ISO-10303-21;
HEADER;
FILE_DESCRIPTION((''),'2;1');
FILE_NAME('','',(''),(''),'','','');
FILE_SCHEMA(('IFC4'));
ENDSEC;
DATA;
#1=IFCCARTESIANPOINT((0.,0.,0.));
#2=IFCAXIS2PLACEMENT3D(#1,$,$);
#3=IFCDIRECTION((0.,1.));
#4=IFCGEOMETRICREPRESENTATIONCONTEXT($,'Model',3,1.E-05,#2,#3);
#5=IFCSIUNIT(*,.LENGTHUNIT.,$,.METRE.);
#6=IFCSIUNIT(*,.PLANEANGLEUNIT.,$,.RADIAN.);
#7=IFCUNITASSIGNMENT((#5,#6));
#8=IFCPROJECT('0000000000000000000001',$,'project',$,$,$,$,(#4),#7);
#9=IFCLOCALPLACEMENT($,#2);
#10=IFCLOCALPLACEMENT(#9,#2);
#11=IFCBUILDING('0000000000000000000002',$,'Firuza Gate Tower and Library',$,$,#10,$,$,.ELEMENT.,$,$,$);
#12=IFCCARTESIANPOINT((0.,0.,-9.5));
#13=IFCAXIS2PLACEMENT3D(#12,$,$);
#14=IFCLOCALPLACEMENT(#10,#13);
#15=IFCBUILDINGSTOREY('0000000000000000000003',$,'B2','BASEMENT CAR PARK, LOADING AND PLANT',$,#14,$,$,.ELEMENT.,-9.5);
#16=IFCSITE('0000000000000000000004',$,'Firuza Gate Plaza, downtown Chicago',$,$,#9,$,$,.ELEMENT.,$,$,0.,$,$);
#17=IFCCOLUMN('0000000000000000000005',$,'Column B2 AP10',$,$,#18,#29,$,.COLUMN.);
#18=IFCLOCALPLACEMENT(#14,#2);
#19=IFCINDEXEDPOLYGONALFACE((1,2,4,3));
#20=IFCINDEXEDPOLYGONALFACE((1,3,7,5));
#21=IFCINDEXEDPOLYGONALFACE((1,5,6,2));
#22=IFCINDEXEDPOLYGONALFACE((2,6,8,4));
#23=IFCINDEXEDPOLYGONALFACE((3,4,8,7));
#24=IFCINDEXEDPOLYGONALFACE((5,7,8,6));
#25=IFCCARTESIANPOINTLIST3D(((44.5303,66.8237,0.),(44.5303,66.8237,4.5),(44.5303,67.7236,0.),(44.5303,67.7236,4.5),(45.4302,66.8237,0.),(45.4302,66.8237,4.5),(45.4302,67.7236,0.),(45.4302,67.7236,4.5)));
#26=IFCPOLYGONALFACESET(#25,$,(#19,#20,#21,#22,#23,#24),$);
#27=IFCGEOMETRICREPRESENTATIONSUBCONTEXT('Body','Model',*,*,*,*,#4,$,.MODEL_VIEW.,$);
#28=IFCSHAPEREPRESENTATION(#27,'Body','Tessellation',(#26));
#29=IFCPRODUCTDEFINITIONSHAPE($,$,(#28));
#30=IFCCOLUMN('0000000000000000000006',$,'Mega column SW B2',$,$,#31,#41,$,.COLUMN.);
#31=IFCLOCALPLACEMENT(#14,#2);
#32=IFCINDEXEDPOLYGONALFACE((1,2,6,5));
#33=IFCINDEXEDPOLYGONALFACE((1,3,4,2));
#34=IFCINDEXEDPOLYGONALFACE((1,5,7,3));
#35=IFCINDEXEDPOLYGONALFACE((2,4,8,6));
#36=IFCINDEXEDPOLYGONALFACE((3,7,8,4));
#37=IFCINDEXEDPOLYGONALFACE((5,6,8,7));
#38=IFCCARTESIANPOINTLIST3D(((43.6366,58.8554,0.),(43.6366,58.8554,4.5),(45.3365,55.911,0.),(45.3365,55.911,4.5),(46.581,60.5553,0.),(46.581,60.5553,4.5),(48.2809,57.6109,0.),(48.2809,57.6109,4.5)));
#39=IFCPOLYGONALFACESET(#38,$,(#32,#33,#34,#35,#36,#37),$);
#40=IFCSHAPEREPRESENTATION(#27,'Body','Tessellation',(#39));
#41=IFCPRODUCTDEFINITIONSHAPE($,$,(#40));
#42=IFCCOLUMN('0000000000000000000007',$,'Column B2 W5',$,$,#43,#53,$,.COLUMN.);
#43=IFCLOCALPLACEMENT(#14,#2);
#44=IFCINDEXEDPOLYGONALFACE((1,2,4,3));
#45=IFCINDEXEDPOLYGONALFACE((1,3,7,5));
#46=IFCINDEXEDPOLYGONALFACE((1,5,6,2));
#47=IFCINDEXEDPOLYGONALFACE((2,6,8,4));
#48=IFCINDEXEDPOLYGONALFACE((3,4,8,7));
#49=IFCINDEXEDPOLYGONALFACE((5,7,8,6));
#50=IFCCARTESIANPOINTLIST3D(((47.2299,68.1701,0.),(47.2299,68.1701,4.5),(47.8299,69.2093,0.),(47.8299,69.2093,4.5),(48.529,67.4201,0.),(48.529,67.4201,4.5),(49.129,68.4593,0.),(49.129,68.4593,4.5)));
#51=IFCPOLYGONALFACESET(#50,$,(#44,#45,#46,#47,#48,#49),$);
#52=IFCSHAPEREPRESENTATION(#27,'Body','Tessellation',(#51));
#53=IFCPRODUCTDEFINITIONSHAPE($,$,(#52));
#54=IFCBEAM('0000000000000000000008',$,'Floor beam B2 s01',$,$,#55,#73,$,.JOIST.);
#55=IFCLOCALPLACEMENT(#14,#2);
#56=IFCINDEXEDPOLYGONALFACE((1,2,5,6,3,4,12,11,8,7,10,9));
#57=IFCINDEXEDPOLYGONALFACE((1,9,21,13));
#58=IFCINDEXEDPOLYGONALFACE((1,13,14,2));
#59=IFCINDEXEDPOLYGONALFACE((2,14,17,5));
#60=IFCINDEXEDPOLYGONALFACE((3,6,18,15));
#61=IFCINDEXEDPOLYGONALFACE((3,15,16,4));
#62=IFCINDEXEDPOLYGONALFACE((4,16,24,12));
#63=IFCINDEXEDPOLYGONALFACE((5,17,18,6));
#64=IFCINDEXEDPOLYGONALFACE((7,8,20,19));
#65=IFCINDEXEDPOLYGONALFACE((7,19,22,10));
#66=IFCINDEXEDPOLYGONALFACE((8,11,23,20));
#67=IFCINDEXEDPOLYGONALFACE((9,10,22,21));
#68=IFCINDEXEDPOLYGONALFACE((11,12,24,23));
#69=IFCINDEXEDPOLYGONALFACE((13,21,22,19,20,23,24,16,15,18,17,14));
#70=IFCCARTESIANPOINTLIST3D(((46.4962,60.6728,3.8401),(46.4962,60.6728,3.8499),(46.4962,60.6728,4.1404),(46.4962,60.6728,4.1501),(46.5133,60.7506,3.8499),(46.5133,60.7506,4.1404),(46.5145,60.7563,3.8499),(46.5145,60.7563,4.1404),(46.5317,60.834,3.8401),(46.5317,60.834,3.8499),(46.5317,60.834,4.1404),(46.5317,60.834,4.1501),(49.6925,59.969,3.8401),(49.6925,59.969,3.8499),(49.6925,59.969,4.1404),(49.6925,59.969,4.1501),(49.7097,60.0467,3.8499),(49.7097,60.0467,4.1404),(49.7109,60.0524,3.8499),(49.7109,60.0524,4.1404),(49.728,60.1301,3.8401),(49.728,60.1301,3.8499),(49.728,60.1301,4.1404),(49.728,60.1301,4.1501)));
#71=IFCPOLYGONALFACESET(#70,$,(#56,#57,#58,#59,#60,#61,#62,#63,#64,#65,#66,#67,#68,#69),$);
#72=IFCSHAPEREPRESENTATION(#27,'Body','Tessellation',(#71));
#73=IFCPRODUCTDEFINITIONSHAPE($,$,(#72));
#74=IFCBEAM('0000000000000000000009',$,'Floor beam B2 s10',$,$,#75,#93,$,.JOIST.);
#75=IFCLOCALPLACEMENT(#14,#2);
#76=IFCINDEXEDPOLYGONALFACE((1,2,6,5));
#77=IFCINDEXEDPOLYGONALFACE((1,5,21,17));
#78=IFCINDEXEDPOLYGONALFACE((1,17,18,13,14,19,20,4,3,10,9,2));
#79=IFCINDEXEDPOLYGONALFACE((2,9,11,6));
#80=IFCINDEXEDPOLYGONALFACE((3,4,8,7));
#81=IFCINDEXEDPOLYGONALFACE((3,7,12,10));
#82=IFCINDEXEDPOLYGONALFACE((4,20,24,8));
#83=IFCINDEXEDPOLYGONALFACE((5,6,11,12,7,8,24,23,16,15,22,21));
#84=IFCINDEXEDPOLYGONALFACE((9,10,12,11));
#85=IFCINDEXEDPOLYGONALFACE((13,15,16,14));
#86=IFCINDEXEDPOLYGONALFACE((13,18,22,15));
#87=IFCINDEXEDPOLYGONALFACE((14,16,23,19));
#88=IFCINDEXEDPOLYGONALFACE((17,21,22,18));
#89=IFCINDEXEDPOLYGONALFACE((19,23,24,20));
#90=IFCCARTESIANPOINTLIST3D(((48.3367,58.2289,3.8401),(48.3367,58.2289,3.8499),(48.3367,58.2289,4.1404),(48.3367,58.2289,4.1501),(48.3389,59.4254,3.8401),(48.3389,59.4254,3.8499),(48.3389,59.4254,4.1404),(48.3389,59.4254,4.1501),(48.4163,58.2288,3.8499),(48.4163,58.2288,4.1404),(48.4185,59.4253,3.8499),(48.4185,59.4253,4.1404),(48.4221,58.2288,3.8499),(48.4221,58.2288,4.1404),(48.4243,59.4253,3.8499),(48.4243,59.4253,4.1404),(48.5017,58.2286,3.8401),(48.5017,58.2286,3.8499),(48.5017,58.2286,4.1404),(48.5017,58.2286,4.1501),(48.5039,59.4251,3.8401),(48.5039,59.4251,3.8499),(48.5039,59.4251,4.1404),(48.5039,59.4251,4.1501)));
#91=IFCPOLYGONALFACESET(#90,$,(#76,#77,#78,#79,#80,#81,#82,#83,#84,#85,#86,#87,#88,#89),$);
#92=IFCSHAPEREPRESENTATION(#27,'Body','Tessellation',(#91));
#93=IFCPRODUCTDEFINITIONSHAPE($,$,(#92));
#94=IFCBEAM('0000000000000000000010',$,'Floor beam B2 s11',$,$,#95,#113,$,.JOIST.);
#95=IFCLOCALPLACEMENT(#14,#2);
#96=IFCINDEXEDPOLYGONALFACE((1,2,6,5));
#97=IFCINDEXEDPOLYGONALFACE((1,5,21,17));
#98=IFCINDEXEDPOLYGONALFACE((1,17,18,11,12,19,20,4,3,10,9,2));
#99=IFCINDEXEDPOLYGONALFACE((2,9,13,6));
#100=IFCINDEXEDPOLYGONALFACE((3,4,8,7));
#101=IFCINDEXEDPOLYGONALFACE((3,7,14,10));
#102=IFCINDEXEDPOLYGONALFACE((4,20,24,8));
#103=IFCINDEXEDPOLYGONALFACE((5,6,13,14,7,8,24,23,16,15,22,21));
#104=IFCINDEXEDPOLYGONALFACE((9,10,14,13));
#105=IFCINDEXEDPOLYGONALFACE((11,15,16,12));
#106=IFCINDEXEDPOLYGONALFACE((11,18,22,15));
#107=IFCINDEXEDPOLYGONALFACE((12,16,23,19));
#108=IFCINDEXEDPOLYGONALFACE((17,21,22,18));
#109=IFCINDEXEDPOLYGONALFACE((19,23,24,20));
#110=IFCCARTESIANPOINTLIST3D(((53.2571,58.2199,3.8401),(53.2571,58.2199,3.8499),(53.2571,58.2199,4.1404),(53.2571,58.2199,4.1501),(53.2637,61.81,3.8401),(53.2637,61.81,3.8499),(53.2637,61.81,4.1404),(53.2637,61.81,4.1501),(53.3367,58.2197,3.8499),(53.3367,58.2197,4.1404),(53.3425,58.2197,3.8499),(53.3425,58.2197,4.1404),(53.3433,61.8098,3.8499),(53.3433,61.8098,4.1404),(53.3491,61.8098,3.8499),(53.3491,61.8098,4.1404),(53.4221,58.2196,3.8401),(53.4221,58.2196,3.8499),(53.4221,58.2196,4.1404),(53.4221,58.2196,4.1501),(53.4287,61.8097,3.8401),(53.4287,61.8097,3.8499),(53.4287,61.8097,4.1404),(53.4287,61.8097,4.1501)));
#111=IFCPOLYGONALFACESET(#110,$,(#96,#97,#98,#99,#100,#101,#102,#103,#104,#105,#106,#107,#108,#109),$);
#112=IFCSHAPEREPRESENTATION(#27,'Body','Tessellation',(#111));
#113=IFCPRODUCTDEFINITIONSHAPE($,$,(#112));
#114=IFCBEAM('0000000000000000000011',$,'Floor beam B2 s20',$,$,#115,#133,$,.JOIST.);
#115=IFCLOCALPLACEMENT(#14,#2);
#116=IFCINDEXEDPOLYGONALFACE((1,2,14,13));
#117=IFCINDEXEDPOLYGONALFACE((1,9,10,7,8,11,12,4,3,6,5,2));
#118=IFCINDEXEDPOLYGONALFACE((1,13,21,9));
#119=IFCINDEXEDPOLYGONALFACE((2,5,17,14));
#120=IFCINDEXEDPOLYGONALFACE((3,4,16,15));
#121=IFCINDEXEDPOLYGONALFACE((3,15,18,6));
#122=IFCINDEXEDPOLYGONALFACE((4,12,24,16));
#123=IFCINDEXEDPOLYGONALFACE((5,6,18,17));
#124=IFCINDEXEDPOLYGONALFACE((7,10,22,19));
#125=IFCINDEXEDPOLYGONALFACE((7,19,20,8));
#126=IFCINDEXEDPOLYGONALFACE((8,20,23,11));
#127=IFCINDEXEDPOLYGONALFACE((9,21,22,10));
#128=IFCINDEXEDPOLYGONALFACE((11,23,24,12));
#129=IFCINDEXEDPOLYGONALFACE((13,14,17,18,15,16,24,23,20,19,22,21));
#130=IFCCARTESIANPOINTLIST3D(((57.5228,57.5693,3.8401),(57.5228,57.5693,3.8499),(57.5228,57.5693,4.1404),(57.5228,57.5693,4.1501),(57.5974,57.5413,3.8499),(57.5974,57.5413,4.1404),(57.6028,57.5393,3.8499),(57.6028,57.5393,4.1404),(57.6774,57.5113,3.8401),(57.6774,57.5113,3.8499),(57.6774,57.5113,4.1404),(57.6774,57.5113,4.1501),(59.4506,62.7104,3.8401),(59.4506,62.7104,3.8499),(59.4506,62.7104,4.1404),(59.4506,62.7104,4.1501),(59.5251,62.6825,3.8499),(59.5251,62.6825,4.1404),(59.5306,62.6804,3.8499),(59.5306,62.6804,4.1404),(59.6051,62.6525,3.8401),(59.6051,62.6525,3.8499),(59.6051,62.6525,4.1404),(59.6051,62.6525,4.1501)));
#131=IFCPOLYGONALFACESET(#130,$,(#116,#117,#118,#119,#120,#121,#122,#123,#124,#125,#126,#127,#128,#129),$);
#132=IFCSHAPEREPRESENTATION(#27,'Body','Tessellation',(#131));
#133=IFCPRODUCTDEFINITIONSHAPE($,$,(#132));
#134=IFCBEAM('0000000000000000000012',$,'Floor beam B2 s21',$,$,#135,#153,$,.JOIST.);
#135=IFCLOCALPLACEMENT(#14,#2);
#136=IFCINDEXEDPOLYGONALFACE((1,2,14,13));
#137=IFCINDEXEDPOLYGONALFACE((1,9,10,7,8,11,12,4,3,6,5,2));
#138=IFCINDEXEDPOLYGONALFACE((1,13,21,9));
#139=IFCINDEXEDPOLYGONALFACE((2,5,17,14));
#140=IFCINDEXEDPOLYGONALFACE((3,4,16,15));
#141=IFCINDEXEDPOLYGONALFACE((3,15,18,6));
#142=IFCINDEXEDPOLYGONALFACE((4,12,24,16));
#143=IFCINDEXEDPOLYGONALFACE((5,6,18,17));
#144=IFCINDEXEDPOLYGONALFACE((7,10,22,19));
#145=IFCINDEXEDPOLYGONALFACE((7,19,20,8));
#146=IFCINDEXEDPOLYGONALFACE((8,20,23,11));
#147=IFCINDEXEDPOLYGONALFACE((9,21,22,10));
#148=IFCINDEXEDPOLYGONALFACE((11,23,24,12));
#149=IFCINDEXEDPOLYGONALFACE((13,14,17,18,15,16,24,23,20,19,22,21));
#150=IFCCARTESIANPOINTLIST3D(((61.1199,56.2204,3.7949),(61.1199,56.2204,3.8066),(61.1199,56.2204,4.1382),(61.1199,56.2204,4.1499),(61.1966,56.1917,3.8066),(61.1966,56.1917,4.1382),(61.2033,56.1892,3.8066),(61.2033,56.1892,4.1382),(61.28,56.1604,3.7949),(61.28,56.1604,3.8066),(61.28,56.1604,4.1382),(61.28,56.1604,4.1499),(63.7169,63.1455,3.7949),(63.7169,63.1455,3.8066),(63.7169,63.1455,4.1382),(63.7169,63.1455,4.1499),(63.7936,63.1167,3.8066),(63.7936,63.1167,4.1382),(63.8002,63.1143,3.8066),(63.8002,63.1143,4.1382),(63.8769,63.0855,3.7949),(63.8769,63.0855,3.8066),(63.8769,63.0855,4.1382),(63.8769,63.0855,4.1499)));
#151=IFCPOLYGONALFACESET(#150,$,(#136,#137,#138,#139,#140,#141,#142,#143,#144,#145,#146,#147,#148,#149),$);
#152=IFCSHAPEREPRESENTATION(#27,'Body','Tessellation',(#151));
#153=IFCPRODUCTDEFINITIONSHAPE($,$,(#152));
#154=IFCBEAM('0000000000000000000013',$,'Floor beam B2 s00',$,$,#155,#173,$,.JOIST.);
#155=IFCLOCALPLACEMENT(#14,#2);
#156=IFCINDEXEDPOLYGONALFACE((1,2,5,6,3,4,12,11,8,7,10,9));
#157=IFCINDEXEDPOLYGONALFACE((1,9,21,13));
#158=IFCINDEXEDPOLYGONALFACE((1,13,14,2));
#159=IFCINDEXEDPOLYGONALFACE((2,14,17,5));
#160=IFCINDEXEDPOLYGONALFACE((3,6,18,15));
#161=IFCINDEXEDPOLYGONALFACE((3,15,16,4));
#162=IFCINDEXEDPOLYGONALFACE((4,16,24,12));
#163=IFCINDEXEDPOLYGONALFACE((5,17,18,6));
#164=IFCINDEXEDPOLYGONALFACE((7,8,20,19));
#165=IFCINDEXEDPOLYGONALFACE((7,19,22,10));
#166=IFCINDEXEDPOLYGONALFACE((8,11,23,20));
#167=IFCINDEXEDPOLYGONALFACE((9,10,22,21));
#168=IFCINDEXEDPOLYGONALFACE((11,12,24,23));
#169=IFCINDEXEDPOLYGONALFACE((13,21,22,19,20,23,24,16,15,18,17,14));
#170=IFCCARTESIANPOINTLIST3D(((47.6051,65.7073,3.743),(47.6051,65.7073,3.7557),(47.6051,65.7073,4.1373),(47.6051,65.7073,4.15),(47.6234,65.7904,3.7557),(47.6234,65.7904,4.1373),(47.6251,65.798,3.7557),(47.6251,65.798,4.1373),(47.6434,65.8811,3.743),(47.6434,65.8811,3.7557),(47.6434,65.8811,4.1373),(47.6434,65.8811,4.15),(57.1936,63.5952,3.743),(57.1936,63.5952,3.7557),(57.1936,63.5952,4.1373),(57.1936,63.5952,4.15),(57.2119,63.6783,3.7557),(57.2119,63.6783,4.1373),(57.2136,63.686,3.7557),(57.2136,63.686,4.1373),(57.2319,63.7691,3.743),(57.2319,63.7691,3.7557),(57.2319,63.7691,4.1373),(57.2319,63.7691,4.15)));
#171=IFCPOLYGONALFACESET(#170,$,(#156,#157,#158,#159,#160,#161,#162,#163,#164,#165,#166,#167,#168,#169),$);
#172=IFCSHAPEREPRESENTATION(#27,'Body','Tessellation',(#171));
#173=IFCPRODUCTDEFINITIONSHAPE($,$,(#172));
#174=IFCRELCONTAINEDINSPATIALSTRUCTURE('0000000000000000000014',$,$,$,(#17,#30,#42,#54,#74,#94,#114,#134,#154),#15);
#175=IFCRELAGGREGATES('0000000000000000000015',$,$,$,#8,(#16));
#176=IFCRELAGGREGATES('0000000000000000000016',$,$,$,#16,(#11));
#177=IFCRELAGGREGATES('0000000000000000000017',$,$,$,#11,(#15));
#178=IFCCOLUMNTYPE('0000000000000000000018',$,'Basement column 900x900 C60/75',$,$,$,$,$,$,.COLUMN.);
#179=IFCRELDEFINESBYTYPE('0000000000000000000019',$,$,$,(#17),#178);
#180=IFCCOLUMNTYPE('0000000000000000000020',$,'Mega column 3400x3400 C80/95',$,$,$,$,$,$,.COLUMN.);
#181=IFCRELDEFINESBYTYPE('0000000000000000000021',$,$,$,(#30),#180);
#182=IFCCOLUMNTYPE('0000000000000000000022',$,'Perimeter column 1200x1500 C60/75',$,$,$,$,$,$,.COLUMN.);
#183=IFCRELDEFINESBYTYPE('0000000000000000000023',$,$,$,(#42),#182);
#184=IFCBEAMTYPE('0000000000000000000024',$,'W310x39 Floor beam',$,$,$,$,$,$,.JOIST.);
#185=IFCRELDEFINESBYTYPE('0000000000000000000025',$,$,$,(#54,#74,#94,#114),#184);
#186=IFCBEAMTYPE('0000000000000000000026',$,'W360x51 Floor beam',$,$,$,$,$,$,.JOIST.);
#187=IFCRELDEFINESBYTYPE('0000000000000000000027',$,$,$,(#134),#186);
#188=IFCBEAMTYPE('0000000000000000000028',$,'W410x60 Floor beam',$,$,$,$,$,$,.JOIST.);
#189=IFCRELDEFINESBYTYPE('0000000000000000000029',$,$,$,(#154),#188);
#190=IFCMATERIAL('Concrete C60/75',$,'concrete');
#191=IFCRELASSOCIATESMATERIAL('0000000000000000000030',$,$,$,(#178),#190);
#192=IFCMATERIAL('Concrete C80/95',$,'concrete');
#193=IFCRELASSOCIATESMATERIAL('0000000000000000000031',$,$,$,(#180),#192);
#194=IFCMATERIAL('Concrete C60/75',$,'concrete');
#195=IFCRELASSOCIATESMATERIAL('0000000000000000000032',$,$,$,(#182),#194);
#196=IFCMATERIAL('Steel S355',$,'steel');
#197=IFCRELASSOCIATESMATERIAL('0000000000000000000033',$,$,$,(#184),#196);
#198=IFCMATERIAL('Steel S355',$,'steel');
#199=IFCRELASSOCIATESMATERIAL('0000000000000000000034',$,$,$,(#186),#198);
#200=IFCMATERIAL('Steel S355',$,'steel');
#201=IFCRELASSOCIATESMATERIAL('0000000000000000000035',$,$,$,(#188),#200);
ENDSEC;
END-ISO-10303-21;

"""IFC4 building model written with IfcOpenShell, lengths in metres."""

from ifc_helpers import new_model, si_unit, direction, frame, origin, origin_2d, place, context, subcontext, project, spatial, rectangle, i_section, extrude, material, material_profile, profile_set, type_object, element, save


model = new_model("IFC4")

# Units and contexts
model_context = context("Model", 3, precision=1e-05, world=origin(), true_north=direction((0.0, 1.0)))
body_context = subcontext(model_context, "Body", "Model", "MODEL_VIEW")
ifc_project = project(units=[si_unit("LENGTHUNIT", "METRE"), si_unit("PLANEANGLEUNIT", "RADIAN")], contexts=[model_context])

# Site, building, storey
site_placement = place(None, origin())
site = spatial("IfcSite", under=ifc_project, at=site_placement, Name="Firuza Gate Plaza, downtown Chicago", CompositionType="ELEMENT", RefElevation=0.0)
building_placement = place(site_placement, origin())
building = spatial("IfcBuilding", under=site, at=building_placement, Name="Firuza Gate Tower and Library", CompositionType="ELEMENT")
storey_placement = place(building_placement, frame((0.0, 0.0, -9.5)))
storey = spatial("IfcBuildingStorey", under=building, at=storey_placement, Name="B2", Description="BASEMENT CAR PARK, LOADING AND PLANT", CompositionType="ELEMENT", Elevation=-9.5)

# Columns
ifc_material_1 = material(Name="Concrete C60/75", Category="concrete")
ifc_material_profile_1 = material_profile(ifc_material_1, rectangle(XDim=0.8999, YDim=0.8999, at=origin_2d()))
ifc_profile_set_1 = profile_set([ifc_material_profile_1], Name="Concrete C60/75")
column_type_1 = type_object("IfcColumnType", Name="Basement column 900x900 C60/75", PredefinedType="COLUMN", material=ifc_profile_set_1)
column_1_placement = place(storey_placement, frame((44.9802, 67.2737, 0.0), z_axis=(0.0, 0.0, 1.0), x_axis=(1.0, 0.0, 0.0)))
element("IfcColumn", 1, at=column_1_placement, inside=storey, type_object=column_type_1, Name="Column B2 AP10", PredefinedType="COLUMN", context=body_context, shape_type="SweptSolid", body=[
    extrude(rectangle(XDim=0.8999, YDim=0.8999, at=origin_2d()), origin(), (0.0, 0.0, 1.0), 4.5),
])
ifc_material_2 = material(Name="Concrete C80/95", Category="concrete")
ifc_material_profile_2 = material_profile(ifc_material_2, rectangle(XDim=3.3999, YDim=3.3999, at=origin_2d()))
ifc_profile_set_2 = profile_set([ifc_material_profile_2], Name="Concrete C80/95")
column_type_2 = type_object("IfcColumnType", Name="Mega column 3400x3400 C80/95", PredefinedType="COLUMN", material=ifc_profile_set_2)
column_2_placement = place(storey_placement, frame((45.9587, 58.2332, 0.0), z_axis=(0.0, 0.0, 1.0), x_axis=(0.5, -0.866025, 0.0)))
element("IfcColumn", 2, at=column_2_placement, inside=storey, type_object=column_type_2, Name="Mega column SW B2", PredefinedType="COLUMN", context=body_context, shape_type="SweptSolid", body=[
    extrude(rectangle(XDim=3.3999, YDim=3.3999, at=origin_2d()), origin(), (0.0, 0.0, 1.0), 4.5),
])
ifc_material_3 = material(Name="Concrete C60/75", Category="concrete")
ifc_material_profile_3 = material_profile(ifc_material_3, rectangle(XDim=1.2, YDim=1.5, at=origin_2d()))
ifc_profile_set_3 = profile_set([ifc_material_profile_3], Name="Concrete C60/75")
column_type_3 = type_object("IfcColumnType", Name="Perimeter column 1200x1500 C60/75", PredefinedType="COLUMN", material=ifc_profile_set_3)
column_3_placement = place(storey_placement, frame((48.1794, 68.3147, 0.0), z_axis=(0.0, 0.0, 1.0), x_axis=(-0.5, -0.866025, 0.0)))
element("IfcColumn", 3, at=column_3_placement, inside=storey, type_object=column_type_3, Name="Column B2 W5", PredefinedType="COLUMN", context=body_context, shape_type="SweptSolid", body=[
    extrude(rectangle(XDim=1.2, YDim=1.5, at=origin_2d()), origin(), (0.0, 0.0, 1.0), 4.5),
])

# Beams
ifc_material_4 = material(Name="Steel S355", Category="steel")
ifc_material_profile_4 = material_profile(ifc_material_4, i_section(OverallWidth=0.165, OverallDepth=0.3101, WebThickness=0.0059, FlangeThickness=0.0098, at=origin_2d()))
ifc_profile_set_4 = profile_set([ifc_material_profile_4], Name="Steel S355")
beam_type_1 = type_object("IfcBeamType", Name="W310x39 Floor beam", PredefinedType="JOIST", material=ifc_profile_set_4)
beam_1_placement = place(storey_placement, frame((46.5139, 60.7534, 3.9951), z_axis=(0.976601, -0.215058, 0.0), x_axis=(0.215058, 0.976601, 0.0)))
element("IfcBeam", 4, at=beam_1_placement, inside=storey, type_object=beam_type_1, Name="Floor beam B2 s01", PredefinedType="JOIST", context=body_context, shape_type="SweptSolid", body=[
    extrude(i_section(OverallWidth=0.165, OverallDepth=0.3101, WebThickness=0.0059, FlangeThickness=0.0098, at=origin_2d()), origin(), (0.0, 0.0, 1.0), 3.2729),
])
beam_2_placement = place(storey_placement, frame((48.4192, 58.2288, 3.9951), z_axis=(0.001836, 0.999998, 0.0), x_axis=(-0.999998, 0.001836, 0.0)))
element("IfcBeam", 5, at=beam_2_placement, inside=storey, type_object=beam_type_1, Name="Floor beam B2 s10", PredefinedType="JOIST", context=body_context, shape_type="SweptSolid", body=[
    extrude(i_section(OverallWidth=0.165, OverallDepth=0.3101, WebThickness=0.0059, FlangeThickness=0.0098, at=origin_2d()), origin(), (0.0, 0.0, 1.0), 1.1965),
])
beam_3_placement = place(storey_placement, frame((53.3396, 58.2197, 3.9951), z_axis=(0.001836, 0.999998, 0.0), x_axis=(-0.999998, 0.001836, 0.0)))
element("IfcBeam", 6, at=beam_3_placement, inside=storey, type_object=beam_type_1, Name="Floor beam B2 s11", PredefinedType="JOIST", context=body_context, shape_type="SweptSolid", body=[
    extrude(i_section(OverallWidth=0.165, OverallDepth=0.3101, WebThickness=0.0059, FlangeThickness=0.0098, at=origin_2d()), origin(), (0.0, 0.0, 1.0), 3.5901),
])
beam_4_placement = place(storey_placement, frame((57.6001, 57.5403, 3.9951), z_axis=(0.351094, 0.93634, 0.0), x_axis=(-0.93634, 0.351094, 0.0)))
element("IfcBeam", 7, at=beam_4_placement, inside=storey, type_object=beam_type_1, Name="Floor beam B2 s20", PredefinedType="JOIST", context=body_context, shape_type="SweptSolid", body=[
    extrude(i_section(OverallWidth=0.165, OverallDepth=0.3101, WebThickness=0.0059, FlangeThickness=0.0098, at=origin_2d()), origin(), (0.0, 0.0, 1.0), 5.4907),
])
ifc_material_5 = material(Name="Steel S355", Category="steel")
ifc_material_profile_5 = material_profile(ifc_material_5, i_section(OverallWidth=0.1709, OverallDepth=0.355, WebThickness=0.0071, FlangeThickness=0.0117, at=origin_2d()))
ifc_profile_set_5 = profile_set([ifc_material_profile_5], Name="Steel S355")
beam_type_2 = type_object("IfcBeamType", Name="W360x51 Floor beam", PredefinedType="JOIST", material=ifc_profile_set_5)
beam_5_placement = place(storey_placement, frame((61.2, 56.1904, 3.9724), z_axis=(0.351127, 0.936328, 0.0), x_axis=(-0.936328, 0.351127, 0.0)))
element("IfcBeam", 8, at=beam_5_placement, inside=storey, type_object=beam_type_2, Name="Floor beam B2 s21", PredefinedType="JOIST", context=body_context, shape_type="SweptSolid", body=[
    extrude(i_section(OverallWidth=0.1709, OverallDepth=0.355, WebThickness=0.0071, FlangeThickness=0.0117, at=origin_2d()), origin(), (0.0, 0.0, 1.0), 7.396),
])
ifc_material_6 = material(Name="Steel S355", Category="steel")
ifc_material_profile_6 = material_profile(ifc_material_6, i_section(OverallWidth=0.178, OverallDepth=0.407, WebThickness=0.0078, FlangeThickness=0.0127, at=origin_2d()))
ifc_profile_set_6 = profile_set([ifc_material_profile_6], Name="Steel S355")
beam_type_3 = type_object("IfcBeamType", Name="W410x60 Floor beam", PredefinedType="JOIST", material=ifc_profile_set_6)
beam_6_placement = place(storey_placement, frame((47.6243, 65.7942, 3.9465), z_axis=(0.97659, -0.215111, 0.0), x_axis=(0.215111, 0.97659, 0.0)))
element("IfcBeam", 9, at=beam_6_placement, inside=storey, type_object=beam_type_3, Name="Floor beam B2 s00", PredefinedType="JOIST", context=body_context, shape_type="SweptSolid", body=[
    extrude(i_section(OverallWidth=0.178, OverallDepth=0.407, WebThickness=0.0078, FlangeThickness=0.0127, at=origin_2d()), origin(), (0.0, 0.0, 1.0), 9.8184),
])

save(model, "model.ifc")
